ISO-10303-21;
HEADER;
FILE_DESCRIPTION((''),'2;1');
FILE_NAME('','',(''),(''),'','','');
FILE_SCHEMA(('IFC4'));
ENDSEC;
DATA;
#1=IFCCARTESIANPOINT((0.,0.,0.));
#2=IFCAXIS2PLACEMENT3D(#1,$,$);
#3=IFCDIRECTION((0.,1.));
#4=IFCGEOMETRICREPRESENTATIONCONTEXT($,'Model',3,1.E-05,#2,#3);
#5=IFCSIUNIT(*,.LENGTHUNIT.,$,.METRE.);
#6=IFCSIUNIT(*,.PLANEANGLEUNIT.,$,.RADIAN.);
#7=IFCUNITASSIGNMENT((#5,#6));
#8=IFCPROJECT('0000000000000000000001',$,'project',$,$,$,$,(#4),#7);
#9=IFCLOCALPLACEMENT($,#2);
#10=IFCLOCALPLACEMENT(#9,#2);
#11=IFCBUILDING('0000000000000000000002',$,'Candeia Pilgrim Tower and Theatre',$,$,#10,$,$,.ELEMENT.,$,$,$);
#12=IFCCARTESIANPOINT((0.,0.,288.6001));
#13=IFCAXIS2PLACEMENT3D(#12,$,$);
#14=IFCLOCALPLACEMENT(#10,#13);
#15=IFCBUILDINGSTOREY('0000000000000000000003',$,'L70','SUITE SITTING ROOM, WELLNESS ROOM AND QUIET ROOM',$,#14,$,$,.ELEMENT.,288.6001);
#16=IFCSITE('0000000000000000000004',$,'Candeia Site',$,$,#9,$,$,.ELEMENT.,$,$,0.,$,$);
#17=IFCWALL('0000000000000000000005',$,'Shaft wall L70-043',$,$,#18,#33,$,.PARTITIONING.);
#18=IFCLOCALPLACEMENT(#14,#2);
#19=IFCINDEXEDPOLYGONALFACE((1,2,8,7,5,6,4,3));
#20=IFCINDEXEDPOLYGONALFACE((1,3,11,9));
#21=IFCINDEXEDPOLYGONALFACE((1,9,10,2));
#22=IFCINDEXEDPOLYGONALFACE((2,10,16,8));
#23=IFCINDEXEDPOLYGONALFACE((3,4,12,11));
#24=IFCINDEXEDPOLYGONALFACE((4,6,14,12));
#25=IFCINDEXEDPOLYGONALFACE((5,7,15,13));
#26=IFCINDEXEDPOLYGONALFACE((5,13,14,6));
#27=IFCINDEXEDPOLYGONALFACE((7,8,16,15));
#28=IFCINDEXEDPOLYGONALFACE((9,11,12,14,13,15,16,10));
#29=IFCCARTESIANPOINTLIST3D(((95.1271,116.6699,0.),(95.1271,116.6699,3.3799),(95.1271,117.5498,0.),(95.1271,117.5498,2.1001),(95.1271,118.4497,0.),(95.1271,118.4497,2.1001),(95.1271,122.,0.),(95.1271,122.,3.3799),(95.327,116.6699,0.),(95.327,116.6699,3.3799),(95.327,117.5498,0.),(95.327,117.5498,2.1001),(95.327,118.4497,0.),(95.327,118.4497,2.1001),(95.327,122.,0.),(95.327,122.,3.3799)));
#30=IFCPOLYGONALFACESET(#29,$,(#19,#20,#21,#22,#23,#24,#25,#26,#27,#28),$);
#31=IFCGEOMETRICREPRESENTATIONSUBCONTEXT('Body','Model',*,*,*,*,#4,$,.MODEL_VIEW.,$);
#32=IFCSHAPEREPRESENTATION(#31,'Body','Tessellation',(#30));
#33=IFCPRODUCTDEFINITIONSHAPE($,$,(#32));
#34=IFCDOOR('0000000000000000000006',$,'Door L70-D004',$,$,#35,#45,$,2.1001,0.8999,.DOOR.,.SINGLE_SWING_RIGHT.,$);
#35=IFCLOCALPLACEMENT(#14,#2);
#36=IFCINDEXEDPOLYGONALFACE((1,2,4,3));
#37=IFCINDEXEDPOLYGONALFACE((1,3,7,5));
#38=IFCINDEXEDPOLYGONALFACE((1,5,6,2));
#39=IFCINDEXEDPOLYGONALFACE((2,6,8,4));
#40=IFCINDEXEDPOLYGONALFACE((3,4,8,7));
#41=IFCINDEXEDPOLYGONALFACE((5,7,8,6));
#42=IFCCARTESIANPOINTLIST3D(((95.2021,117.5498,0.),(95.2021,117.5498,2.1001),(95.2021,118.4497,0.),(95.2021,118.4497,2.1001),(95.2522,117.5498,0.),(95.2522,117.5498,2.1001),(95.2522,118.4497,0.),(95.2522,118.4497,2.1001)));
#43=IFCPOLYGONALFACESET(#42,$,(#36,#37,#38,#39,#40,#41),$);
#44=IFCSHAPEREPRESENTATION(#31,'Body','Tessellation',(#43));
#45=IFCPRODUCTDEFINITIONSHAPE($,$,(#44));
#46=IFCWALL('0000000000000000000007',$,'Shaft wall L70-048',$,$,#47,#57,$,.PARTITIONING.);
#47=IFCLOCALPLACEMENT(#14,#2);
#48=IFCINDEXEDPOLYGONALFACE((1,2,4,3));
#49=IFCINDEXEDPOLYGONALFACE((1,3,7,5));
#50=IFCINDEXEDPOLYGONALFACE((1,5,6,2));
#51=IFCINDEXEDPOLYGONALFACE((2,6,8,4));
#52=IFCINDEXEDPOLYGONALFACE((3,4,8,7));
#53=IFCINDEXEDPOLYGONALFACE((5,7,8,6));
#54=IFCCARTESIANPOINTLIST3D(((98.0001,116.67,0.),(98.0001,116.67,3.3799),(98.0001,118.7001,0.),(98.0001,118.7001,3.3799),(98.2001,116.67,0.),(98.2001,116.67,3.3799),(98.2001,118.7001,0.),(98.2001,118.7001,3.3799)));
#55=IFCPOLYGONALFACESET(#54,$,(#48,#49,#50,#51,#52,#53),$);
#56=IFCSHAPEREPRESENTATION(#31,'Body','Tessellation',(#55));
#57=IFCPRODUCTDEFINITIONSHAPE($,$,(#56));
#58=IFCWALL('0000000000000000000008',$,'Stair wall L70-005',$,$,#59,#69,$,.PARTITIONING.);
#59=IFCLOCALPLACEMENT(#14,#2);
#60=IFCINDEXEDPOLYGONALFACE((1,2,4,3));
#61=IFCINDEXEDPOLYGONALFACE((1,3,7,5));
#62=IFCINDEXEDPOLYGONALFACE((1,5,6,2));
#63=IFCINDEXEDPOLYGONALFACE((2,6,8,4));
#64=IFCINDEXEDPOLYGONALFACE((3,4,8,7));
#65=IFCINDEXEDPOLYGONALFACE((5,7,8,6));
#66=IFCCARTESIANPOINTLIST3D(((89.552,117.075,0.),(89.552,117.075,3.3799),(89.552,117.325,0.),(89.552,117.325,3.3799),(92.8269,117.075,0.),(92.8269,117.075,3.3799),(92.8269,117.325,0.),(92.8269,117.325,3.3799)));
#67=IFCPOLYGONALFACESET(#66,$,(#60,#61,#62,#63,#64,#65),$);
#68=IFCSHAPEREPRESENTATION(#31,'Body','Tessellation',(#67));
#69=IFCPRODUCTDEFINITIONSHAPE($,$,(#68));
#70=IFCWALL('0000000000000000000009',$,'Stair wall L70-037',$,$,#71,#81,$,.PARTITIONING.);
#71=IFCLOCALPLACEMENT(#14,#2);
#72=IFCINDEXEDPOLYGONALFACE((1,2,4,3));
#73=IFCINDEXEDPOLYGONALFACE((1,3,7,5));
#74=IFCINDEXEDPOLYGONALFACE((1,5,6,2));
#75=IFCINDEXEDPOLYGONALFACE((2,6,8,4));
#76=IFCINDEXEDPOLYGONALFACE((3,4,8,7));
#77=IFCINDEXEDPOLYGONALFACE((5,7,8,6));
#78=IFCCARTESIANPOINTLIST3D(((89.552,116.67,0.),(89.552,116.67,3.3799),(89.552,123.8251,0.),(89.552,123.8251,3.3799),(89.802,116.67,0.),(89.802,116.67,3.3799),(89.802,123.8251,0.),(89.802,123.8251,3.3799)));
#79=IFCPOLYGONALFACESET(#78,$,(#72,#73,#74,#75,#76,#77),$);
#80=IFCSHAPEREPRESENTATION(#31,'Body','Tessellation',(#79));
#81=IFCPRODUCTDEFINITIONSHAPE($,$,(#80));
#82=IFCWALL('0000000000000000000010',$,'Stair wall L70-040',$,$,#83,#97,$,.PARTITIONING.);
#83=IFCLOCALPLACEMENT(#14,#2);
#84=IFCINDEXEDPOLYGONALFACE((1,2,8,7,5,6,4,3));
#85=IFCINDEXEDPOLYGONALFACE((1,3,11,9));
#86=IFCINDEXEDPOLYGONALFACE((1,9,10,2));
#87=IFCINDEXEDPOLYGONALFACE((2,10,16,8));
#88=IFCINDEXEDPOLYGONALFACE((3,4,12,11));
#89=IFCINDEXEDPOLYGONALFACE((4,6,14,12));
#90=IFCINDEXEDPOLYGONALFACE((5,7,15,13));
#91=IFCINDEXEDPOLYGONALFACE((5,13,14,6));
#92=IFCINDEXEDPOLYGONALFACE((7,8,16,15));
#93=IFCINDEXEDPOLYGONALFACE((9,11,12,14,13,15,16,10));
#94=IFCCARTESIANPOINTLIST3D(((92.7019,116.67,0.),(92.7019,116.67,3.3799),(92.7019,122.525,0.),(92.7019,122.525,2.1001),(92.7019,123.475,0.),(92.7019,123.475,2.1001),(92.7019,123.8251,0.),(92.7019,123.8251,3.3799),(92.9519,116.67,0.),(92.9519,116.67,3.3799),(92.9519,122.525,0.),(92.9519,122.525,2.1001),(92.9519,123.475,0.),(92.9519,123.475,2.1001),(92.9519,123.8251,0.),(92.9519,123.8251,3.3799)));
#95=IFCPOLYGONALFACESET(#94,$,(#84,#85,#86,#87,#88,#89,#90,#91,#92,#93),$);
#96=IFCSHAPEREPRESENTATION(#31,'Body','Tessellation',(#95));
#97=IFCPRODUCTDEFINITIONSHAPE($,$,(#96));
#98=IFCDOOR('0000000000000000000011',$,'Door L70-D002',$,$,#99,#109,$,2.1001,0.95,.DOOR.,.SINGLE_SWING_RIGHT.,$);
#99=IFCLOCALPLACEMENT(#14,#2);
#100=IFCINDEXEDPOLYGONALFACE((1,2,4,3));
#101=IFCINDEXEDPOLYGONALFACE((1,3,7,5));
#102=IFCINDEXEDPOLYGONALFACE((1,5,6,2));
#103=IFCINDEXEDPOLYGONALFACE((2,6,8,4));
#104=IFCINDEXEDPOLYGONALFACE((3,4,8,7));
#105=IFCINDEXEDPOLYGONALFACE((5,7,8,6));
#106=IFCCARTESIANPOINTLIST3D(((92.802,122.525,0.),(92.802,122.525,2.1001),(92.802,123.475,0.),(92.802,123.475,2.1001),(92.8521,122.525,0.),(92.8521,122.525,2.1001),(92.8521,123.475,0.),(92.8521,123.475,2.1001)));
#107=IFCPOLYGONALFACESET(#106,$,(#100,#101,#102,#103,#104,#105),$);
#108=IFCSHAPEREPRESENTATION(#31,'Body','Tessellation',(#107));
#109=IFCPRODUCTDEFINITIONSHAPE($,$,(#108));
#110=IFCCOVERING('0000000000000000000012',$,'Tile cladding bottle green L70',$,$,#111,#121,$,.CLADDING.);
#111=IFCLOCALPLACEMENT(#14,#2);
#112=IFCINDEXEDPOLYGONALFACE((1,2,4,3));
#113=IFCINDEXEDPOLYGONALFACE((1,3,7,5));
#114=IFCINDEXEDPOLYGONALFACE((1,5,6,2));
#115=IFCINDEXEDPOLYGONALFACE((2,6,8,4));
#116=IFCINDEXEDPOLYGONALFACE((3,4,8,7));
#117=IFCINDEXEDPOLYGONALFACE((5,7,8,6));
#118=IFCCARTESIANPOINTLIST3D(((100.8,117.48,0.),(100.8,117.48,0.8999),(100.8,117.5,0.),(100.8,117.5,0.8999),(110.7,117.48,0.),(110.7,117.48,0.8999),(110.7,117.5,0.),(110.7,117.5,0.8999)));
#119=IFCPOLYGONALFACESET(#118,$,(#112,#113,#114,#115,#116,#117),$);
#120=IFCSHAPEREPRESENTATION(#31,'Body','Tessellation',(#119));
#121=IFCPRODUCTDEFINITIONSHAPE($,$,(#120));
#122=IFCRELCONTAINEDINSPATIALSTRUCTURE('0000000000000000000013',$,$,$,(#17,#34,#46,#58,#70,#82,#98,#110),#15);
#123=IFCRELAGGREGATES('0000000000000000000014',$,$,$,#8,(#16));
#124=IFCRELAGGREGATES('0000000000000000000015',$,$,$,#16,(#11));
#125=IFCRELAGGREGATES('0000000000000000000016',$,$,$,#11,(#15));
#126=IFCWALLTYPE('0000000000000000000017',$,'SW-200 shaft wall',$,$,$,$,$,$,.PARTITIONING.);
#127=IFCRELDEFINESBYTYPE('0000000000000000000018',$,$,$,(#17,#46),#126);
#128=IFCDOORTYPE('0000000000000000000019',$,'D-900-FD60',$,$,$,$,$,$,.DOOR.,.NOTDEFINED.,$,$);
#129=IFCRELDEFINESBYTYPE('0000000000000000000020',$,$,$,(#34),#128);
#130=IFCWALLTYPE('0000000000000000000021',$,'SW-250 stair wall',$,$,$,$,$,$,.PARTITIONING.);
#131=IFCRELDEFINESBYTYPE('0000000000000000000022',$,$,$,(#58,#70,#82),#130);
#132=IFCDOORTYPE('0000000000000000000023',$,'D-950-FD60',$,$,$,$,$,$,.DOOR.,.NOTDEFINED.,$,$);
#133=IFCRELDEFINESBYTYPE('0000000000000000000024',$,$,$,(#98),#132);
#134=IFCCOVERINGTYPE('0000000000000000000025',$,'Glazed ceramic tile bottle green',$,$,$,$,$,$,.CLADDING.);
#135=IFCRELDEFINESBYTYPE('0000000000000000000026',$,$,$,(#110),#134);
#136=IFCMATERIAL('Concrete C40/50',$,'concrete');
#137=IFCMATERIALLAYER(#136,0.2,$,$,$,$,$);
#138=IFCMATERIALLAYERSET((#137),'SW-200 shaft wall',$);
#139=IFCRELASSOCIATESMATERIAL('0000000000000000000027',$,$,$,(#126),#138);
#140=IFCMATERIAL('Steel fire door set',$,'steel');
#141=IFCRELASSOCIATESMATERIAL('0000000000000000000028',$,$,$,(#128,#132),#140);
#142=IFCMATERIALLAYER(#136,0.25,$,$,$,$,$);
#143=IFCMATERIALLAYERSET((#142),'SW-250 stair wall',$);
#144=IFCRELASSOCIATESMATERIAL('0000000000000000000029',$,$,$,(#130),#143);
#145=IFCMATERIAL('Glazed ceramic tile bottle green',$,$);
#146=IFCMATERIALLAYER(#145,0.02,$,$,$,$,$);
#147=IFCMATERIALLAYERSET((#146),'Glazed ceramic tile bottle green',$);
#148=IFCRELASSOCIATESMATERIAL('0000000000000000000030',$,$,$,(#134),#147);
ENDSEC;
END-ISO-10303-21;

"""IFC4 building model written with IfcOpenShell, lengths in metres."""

from ifc_helpers import new_model, si_unit, direction, frame, frame_2d, origin, origin_2d, place, context, subcontext, project, spatial, rectangle, extrude, material, layer, layer_set, type_object, element, fill, save


model = new_model("IFC4")

# Units and contexts
model_context = context("Model", 3, precision=1e-05, world=origin(), true_north=direction((0.0, 1.0)))
body_context = subcontext(model_context, "Body", "Model", "MODEL_VIEW")
ifc_project = project(units=[si_unit("LENGTHUNIT", "METRE"), si_unit("PLANEANGLEUNIT", "RADIAN")], contexts=[model_context])

# Site, building, storey
site_placement = place(None, origin())
site = spatial("IfcSite", under=ifc_project, at=site_placement, Name="Candeia Site", CompositionType="ELEMENT", RefElevation=0.0)
building_placement = place(site_placement, origin())
building = spatial("IfcBuilding", under=site, at=building_placement, Name="Candeia Pilgrim Tower and Theatre", CompositionType="ELEMENT")
storey_placement = place(building_placement, frame((0.0, 0.0, 288.6001)))
storey = spatial("IfcBuildingStorey", under=building, at=storey_placement, Name="L70", Description="SUITE SITTING ROOM, WELLNESS ROOM AND QUIET ROOM", CompositionType="ELEMENT", Elevation=288.6001)

# Shared definitions
ifc_material_1 = material(Name="Concrete C40/50", Category="concrete")

# Shared definitions
ifc_layer_1 = layer(ifc_material_1, 0.2)
ifc_layer_set_1 = layer_set([ifc_layer_1], Name="SW-200 shaft wall")
wall_type_1 = type_object("IfcWallType", Name="SW-200 shaft wall", PredefinedType="PARTITIONING", material=ifc_layer_set_1)

# Wall, opening, door
wall_1_placement = place(storey_placement, frame((95.2271, 116.6699, 0.0), z_axis=(0.0, 0.0, 1.0), x_axis=(0.0, 1.0, 0.0)))
wall_1 = element("IfcWall", 1, at=wall_1_placement, inside=storey, type_object=wall_type_1, Name="Shaft wall L70-043", PredefinedType="PARTITIONING", context=body_context, shape_type="SweptSolid", body=[
    extrude(rectangle(XDim=5.3301, YDim=0.2, at=frame_2d((2.665, 0.0))), origin(), (0.0, 0.0, 1.0), 3.3799),
])
opening_1_placement = place(wall_1_placement, frame((0.8799, 0.0, 0.0)))
opening_1 = element("IfcOpeningElement", 2, at=opening_1_placement, cuts=wall_1, PredefinedType="OPENING", context=body_context, shape_type="SweptSolid", body=[
    extrude(rectangle(XDim=0.8999, YDim=2.1001, at=frame_2d((0.45, 1.05))), frame((0.0, 0.1099, 0.0), z_axis=(0.0, -1.0, 0.0), x_axis=(1.0, 0.0, 0.0)), (0.0, 0.0, 1.0), 0.22),
])
ifc_material_2 = material(Name="Steel fire door set", Category="steel")
door_type_1 = type_object("IfcDoorType", Name="D-900-FD60", OperationType="NOTDEFINED", PredefinedType="DOOR", material=ifc_material_2)
door_1_placement = place(opening_1_placement, origin())
door_1 = element("IfcDoor", 3, at=door_1_placement, inside=storey, type_object=door_type_1, Name="Door L70-D004", OperationType="SINGLE_SWING_RIGHT", OverallHeight=2.1001, OverallWidth=0.8999, PredefinedType="DOOR", context=body_context, shape_type="SweptSolid", body=[
    extrude(rectangle(XDim=0.8999, YDim=2.1001, at=frame_2d((0.45, 1.05))), frame((0.0, 0.0249, 0.0), z_axis=(0.0, -1.0, 0.0), x_axis=(1.0, 0.0, 0.0)), (0.0, 0.0, 1.0), 0.05),
])
fill(opening_1, door_1)

# Walls
wall_2_placement = place(storey_placement, frame((98.1001, 116.6699, 0.0), z_axis=(0.0, 0.0, 1.0), x_axis=(0.0, 1.0, 0.0)))
element("IfcWall", 4, at=wall_2_placement, inside=storey, type_object=wall_type_1, Name="Shaft wall L70-048", PredefinedType="PARTITIONING", context=body_context, shape_type="SweptSolid", body=[
    extrude(rectangle(XDim=2.03, YDim=0.2, at=frame_2d((1.0151, 0.0))), origin(), (0.0, 0.0, 1.0), 3.3799),
])
ifc_layer_2 = layer(ifc_material_1, 0.25)
ifc_layer_set_2 = layer_set([ifc_layer_2], Name="SW-250 stair wall")
wall_type_2 = type_object("IfcWallType", Name="SW-250 stair wall", PredefinedType="PARTITIONING", material=ifc_layer_set_2)
wall_3_placement = place(storey_placement, frame((89.552, 117.2, 0.0), z_axis=(0.0, 0.0, 1.0), x_axis=(1.0, 0.0, 0.0)))
element("IfcWall", 5, at=wall_3_placement, inside=storey, type_object=wall_type_2, Name="Stair wall L70-005", PredefinedType="PARTITIONING", context=body_context, shape_type="SweptSolid", body=[
    extrude(rectangle(XDim=3.2749, YDim=0.25, at=frame_2d((1.6375, 0.0))), origin(), (0.0, 0.0, 1.0), 3.3799),
])
wall_4_placement = place(storey_placement, frame((89.677, 116.6699, 0.0), z_axis=(0.0, 0.0, 1.0), x_axis=(0.0, 1.0, 0.0)))
element("IfcWall", 6, at=wall_4_placement, inside=storey, type_object=wall_type_2, Name="Stair wall L70-037", PredefinedType="PARTITIONING", context=body_context, shape_type="SweptSolid", body=[
    extrude(rectangle(XDim=7.155, YDim=0.25, at=frame_2d((3.5776, 0.0))), origin(), (0.0, 0.0, 1.0), 3.3799),
])

# Wall, opening, door
wall_5_placement = place(storey_placement, frame((92.8269, 116.6699, 0.0), z_axis=(0.0, 0.0, 1.0), x_axis=(0.0, 1.0, 0.0)))
wall_5 = element("IfcWall", 7, at=wall_5_placement, inside=storey, type_object=wall_type_2, Name="Stair wall L70-040", PredefinedType="PARTITIONING", context=body_context, shape_type="SweptSolid", body=[
    extrude(rectangle(XDim=7.155, YDim=0.25, at=frame_2d((3.5776, 0.0))), origin(), (0.0, 0.0, 1.0), 3.3799),
])
opening_2_placement = place(wall_5_placement, frame((5.855, 0.0, 0.0)))
opening_2 = element("IfcOpeningElement", 8, at=opening_2_placement, cuts=wall_5, PredefinedType="OPENING", context=body_context, shape_type="SweptSolid", body=[
    extrude(rectangle(XDim=0.95, YDim=2.1001, at=frame_2d((0.4751, 1.05))), frame((0.0, 0.135, 0.0), z_axis=(0.0, -1.0, 0.0), x_axis=(1.0, 0.0, 0.0)), (0.0, 0.0, 1.0), 0.27),
])
door_type_2 = type_object("IfcDoorType", Name="D-950-FD60", OperationType="NOTDEFINED", PredefinedType="DOOR", material=ifc_material_2)
door_2_placement = place(opening_2_placement, origin())
door_2 = element("IfcDoor", 9, at=door_2_placement, inside=storey, type_object=door_type_2, Name="Door L70-D002", OperationType="SINGLE_SWING_RIGHT", OverallHeight=2.1001, OverallWidth=0.95, PredefinedType="DOOR", context=body_context, shape_type="SweptSolid", body=[
    extrude(rectangle(XDim=0.95, YDim=2.1001, at=frame_2d((0.4751, 1.05))), frame((0.0, 0.0249, 0.0), z_axis=(0.0, -1.0, 0.0), x_axis=(1.0, 0.0, 0.0)), (0.0, 0.0, 1.0), 0.05),
])
fill(opening_2, door_2)

# Covering
ifc_material_3 = material(Name="Glazed ceramic tile bottle green")
ifc_layer_3 = layer(ifc_material_3, 0.02)
ifc_layer_set_3 = layer_set([ifc_layer_3], Name="Glazed ceramic tile bottle green")
covering_type = type_object("IfcCoveringType", Name="Glazed ceramic tile bottle green", PredefinedType="CLADDING", material=ifc_layer_set_3)
covering_placement = place(storey_placement, frame((105.75, 117.49, 0.0), z_axis=(0.0, 0.0, 1.0), x_axis=(1.0, 0.0, 0.0)))
element("IfcCovering", 10, at=covering_placement, inside=storey, type_object=covering_type, Name="Tile cladding bottle green L70", PredefinedType="CLADDING", context=body_context, shape_type="SweptSolid", body=[
    extrude(rectangle(XDim=9.8999, YDim=0.02, at=origin_2d()), origin(), (0.0, 0.0, 1.0), 0.8999),
])

save(model, "model.ifc")
